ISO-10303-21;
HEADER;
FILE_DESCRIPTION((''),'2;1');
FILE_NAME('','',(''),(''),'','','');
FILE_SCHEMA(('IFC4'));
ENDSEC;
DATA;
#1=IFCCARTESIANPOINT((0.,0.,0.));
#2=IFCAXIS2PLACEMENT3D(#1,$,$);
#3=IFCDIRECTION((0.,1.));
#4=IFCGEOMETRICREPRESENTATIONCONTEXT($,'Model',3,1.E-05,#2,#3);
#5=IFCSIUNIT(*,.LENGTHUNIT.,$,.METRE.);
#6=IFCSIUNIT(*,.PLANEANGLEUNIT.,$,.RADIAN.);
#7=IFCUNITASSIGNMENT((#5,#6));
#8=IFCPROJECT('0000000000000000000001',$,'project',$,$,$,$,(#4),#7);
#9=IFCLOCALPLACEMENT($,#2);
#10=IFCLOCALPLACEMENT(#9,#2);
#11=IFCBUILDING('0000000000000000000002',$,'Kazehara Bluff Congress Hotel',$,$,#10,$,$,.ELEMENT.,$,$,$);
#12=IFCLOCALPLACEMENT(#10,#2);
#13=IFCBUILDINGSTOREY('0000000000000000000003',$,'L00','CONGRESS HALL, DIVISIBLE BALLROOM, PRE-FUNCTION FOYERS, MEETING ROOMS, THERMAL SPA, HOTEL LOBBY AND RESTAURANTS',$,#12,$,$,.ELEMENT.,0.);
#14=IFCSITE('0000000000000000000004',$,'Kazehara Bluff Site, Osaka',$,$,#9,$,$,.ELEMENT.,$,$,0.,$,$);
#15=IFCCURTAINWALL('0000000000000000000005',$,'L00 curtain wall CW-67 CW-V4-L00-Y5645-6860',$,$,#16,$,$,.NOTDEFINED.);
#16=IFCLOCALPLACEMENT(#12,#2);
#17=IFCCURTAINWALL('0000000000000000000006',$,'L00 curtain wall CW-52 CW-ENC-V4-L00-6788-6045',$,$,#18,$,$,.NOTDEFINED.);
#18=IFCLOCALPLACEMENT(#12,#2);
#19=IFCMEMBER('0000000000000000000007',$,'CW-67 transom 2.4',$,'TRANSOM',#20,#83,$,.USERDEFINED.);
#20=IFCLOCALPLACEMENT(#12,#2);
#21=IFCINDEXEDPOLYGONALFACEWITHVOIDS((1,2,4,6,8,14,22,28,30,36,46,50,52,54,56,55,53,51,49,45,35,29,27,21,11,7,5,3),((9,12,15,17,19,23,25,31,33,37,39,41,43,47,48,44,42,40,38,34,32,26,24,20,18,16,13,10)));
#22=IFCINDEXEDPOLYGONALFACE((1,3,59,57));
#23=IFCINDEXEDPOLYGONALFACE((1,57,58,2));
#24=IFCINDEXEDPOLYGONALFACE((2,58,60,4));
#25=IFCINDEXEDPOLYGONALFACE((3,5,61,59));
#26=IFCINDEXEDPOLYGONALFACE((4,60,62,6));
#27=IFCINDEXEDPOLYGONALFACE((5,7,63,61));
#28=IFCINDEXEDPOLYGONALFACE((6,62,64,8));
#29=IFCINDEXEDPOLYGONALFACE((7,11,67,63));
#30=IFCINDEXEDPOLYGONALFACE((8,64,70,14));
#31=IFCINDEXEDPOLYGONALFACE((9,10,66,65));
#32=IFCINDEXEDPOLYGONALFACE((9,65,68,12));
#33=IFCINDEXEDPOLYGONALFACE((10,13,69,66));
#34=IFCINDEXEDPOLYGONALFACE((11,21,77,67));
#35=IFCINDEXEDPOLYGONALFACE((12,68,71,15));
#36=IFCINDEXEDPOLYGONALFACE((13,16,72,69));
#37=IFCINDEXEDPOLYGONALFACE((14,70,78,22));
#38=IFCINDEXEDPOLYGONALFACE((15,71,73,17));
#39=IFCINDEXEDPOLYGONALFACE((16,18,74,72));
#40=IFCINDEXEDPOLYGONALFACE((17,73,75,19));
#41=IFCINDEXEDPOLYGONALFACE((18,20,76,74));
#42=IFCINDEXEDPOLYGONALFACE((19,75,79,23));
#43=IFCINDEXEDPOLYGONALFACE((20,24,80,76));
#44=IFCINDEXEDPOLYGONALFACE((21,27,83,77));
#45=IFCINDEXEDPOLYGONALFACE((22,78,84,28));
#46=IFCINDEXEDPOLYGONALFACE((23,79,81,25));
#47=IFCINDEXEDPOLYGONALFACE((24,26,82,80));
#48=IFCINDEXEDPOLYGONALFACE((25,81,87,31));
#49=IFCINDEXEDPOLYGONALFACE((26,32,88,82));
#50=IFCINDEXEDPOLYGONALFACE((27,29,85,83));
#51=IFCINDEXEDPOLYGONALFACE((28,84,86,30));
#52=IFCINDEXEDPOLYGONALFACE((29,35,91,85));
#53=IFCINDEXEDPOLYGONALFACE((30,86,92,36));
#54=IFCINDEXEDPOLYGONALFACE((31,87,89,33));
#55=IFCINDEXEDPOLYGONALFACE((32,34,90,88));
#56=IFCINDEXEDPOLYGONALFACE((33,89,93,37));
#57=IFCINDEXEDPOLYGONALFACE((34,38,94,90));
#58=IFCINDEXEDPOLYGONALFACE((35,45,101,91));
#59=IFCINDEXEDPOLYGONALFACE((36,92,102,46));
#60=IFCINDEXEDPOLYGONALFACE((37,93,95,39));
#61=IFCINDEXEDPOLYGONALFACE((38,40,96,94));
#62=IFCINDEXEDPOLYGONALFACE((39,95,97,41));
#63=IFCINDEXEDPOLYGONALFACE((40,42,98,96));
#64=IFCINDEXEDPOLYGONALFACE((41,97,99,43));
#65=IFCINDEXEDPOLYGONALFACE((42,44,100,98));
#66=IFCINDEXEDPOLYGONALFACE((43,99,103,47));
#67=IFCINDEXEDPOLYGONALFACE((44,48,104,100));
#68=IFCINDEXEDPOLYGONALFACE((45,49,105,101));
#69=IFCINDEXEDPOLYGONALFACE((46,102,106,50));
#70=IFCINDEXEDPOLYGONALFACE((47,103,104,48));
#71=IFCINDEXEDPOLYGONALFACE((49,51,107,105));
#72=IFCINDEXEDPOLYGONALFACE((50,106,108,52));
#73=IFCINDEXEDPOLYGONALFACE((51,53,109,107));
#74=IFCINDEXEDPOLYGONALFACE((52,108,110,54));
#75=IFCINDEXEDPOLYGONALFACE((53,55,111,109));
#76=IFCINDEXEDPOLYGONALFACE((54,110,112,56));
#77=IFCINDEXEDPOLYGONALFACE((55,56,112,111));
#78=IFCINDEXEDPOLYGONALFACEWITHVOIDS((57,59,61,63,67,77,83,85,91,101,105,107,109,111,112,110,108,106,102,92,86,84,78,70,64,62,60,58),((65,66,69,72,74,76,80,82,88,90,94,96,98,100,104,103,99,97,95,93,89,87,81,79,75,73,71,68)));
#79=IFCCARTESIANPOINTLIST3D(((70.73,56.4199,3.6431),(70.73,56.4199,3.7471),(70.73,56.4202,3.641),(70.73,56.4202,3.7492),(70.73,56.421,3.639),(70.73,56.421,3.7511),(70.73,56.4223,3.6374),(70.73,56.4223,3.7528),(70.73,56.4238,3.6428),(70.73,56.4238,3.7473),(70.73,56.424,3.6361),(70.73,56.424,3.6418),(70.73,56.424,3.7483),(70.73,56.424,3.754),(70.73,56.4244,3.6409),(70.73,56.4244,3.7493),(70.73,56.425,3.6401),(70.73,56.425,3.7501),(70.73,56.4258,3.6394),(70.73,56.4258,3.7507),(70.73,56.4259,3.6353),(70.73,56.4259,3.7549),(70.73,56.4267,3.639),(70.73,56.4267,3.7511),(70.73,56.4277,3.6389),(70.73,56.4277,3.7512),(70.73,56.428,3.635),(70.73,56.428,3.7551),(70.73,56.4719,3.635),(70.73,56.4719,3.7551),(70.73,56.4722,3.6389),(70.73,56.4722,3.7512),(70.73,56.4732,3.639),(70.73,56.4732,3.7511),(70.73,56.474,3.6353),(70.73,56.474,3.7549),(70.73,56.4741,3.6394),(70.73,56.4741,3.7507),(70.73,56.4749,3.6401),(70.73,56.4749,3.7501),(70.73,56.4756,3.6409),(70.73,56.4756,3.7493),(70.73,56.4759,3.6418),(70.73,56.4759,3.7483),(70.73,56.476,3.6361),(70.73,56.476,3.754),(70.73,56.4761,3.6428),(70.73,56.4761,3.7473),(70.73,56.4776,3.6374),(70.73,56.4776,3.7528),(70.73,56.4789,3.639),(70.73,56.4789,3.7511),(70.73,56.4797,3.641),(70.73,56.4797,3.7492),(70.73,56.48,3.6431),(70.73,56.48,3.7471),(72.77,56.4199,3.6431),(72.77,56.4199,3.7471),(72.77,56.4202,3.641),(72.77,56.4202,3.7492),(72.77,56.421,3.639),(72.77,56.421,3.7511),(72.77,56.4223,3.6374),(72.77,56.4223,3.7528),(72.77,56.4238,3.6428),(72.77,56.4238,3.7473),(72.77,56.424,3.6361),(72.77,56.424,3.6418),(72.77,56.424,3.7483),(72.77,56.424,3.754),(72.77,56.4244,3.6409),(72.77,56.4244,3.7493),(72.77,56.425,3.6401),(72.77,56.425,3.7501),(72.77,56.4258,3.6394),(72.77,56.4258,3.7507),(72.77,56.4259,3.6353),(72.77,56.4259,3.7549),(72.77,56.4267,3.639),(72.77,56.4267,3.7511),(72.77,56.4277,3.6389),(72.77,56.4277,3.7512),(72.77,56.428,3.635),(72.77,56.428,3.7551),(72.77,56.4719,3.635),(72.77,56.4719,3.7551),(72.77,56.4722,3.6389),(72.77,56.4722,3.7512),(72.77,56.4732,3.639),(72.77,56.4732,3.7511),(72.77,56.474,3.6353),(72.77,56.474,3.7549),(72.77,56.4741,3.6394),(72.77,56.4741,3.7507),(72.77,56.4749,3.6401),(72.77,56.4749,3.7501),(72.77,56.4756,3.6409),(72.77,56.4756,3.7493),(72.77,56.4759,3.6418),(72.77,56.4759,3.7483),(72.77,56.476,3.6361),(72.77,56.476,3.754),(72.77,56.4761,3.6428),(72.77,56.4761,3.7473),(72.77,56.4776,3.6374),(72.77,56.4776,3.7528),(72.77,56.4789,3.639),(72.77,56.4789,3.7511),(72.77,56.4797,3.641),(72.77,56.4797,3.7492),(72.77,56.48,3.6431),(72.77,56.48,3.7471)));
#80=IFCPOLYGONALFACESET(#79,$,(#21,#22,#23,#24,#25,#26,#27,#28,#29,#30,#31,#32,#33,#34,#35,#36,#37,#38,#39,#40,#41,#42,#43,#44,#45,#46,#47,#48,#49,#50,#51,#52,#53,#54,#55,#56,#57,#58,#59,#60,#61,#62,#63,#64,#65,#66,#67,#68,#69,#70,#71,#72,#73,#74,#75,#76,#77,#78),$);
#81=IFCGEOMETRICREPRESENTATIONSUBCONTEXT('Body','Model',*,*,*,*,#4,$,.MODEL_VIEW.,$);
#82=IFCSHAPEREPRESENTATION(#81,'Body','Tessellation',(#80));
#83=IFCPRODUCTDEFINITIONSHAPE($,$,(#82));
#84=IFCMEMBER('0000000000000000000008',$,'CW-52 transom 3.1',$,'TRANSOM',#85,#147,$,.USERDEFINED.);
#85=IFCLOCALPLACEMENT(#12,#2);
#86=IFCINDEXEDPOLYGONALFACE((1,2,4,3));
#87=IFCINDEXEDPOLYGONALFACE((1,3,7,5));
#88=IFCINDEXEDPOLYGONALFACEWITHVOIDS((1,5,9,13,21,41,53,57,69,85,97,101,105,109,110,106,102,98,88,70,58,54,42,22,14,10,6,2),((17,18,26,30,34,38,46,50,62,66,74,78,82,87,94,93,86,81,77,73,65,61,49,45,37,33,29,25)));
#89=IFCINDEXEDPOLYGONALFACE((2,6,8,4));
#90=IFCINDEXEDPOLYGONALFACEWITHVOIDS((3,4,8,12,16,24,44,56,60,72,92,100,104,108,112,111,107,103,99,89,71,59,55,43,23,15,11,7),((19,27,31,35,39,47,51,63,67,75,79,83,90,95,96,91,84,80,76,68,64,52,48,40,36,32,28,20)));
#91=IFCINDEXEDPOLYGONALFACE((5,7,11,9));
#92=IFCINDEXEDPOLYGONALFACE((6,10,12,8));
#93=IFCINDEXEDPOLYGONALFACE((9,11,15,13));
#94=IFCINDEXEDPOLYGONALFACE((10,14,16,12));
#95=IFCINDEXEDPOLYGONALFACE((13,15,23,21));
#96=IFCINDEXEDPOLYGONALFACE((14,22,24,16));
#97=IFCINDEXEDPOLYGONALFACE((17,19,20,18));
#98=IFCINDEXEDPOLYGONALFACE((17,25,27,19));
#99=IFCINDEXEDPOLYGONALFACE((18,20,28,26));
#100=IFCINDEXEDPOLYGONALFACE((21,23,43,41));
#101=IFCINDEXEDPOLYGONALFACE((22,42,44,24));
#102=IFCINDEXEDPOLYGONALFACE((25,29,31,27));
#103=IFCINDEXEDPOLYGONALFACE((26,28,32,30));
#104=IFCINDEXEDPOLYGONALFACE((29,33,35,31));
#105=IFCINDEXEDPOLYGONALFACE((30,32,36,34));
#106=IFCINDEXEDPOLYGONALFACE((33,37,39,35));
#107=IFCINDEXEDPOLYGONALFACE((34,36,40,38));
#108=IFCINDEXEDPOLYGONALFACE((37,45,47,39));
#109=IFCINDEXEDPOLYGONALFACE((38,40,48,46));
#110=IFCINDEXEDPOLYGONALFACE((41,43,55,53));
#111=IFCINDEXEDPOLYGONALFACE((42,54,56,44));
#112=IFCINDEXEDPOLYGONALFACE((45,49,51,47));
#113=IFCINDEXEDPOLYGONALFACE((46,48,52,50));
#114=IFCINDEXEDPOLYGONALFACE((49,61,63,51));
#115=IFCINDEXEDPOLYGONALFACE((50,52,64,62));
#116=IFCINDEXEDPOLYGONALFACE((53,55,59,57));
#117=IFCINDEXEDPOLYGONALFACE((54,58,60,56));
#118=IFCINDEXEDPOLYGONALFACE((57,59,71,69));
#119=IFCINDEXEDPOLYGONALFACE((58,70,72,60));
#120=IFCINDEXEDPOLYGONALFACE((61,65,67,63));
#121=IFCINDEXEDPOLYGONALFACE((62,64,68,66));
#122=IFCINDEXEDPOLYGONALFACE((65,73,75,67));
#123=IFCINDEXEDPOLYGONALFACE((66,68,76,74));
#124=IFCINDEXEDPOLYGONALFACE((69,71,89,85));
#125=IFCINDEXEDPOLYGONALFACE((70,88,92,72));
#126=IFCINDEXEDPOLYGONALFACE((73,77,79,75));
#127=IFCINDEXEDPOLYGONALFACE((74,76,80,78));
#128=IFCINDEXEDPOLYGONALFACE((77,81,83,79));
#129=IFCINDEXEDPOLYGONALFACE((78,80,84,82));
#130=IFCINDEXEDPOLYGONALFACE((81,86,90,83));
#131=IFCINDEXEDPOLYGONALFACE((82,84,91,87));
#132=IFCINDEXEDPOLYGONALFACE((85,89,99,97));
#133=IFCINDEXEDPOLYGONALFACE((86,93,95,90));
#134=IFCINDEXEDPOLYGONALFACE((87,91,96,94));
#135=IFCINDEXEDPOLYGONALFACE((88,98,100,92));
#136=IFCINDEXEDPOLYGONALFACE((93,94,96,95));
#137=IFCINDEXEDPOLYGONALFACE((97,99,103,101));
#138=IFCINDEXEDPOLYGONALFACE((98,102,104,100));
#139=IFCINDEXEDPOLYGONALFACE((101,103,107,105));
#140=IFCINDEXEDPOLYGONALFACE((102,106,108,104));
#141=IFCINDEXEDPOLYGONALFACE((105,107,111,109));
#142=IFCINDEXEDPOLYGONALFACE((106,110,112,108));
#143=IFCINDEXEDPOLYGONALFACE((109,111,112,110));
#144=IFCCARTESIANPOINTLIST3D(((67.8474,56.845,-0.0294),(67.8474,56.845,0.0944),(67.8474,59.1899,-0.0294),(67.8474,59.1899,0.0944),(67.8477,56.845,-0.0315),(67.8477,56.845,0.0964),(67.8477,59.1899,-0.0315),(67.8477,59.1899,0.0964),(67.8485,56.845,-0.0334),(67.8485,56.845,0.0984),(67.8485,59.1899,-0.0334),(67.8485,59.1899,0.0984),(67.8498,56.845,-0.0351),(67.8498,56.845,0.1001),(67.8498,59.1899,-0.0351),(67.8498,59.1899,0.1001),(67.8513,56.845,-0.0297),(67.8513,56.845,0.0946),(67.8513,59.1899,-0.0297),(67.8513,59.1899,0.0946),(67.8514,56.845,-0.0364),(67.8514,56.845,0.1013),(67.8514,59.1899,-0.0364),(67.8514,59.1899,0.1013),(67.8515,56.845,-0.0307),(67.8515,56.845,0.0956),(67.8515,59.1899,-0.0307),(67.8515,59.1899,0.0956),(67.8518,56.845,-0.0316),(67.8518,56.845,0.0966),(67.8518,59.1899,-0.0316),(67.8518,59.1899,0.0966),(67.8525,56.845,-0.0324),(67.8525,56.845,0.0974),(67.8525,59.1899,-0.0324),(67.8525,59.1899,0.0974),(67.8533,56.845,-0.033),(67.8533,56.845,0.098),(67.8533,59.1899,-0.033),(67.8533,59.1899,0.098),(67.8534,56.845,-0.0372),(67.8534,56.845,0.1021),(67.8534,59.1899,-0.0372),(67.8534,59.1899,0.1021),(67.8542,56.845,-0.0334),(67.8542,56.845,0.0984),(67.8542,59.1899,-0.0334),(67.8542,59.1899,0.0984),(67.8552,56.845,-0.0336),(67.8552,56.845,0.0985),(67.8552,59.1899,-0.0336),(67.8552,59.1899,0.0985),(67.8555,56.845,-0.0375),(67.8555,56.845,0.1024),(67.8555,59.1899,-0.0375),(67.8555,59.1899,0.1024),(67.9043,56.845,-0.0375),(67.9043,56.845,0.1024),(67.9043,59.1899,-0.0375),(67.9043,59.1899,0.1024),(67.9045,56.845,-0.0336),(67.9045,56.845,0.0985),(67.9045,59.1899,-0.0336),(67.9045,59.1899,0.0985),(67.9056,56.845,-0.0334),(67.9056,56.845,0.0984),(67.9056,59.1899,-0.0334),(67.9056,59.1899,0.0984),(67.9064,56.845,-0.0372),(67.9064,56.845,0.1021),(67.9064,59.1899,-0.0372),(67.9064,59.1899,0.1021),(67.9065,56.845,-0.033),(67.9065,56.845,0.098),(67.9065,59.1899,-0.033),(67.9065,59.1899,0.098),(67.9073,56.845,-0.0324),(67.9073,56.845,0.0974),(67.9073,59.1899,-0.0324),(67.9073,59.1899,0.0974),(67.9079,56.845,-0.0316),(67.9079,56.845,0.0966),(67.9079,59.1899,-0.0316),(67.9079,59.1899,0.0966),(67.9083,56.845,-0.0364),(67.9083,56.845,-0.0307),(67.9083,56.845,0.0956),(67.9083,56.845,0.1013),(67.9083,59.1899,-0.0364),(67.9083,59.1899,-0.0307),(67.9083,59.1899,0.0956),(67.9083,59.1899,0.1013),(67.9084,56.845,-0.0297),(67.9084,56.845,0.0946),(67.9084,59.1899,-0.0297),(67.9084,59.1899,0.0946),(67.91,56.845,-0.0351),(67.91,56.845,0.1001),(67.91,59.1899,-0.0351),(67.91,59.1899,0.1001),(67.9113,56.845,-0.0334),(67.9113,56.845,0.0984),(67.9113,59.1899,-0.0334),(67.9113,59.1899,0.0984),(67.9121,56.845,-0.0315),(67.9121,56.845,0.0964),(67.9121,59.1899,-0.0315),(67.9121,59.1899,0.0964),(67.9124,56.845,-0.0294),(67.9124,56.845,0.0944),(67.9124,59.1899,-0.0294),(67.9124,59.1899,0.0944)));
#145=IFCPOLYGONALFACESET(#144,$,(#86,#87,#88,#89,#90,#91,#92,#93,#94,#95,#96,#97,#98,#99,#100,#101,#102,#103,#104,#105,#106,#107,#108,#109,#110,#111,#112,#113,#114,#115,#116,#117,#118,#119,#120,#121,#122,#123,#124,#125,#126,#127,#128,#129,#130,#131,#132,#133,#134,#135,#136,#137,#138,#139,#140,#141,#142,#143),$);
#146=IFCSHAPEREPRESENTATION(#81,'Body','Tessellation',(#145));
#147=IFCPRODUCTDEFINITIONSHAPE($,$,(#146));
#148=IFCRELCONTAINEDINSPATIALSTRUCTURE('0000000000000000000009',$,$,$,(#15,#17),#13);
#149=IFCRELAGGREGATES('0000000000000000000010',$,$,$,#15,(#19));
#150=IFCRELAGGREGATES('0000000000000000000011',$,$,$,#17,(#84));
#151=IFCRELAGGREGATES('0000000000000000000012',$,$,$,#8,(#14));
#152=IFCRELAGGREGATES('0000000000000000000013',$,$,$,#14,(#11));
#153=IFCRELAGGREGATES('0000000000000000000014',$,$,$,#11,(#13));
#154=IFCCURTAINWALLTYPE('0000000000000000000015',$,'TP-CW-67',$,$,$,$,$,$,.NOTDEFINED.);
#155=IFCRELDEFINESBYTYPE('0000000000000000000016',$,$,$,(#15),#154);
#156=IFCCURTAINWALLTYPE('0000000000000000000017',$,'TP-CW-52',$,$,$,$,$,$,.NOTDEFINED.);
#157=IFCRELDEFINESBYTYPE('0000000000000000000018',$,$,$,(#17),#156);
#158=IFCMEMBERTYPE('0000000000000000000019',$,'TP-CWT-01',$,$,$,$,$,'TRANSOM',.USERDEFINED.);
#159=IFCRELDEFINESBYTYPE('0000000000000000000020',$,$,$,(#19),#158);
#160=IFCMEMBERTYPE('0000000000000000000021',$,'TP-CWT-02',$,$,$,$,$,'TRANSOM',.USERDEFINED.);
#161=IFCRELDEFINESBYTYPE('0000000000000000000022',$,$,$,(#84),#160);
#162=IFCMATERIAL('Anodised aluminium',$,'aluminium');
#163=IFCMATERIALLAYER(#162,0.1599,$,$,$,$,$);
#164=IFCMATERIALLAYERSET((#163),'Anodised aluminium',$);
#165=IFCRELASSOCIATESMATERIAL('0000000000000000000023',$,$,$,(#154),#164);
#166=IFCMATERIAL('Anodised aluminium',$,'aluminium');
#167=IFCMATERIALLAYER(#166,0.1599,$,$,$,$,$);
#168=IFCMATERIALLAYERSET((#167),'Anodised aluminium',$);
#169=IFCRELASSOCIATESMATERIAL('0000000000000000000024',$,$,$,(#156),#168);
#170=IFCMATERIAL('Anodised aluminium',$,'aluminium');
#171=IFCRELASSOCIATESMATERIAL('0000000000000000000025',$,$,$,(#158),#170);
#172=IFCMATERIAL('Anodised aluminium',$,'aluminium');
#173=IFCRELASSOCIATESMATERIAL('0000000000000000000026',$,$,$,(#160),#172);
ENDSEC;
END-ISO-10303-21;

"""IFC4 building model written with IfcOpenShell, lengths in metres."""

from ifc_helpers import new_model, si_unit, direction, frame, origin, origin_2d, place, context, subcontext, project, spatial, hollow_rectangle, extrude, material, layer, layer_set, material_profile, profile_set, type_object, element, aggregate, save


model = new_model("IFC4")

# Units and contexts
model_context = context("Model", 3, precision=1e-05, world=origin(), true_north=direction((0.0, 1.0)))
body_context = subcontext(model_context, "Body", "Model", "MODEL_VIEW")
ifc_project = project(units=[si_unit("LENGTHUNIT", "METRE"), si_unit("PLANEANGLEUNIT", "RADIAN")], contexts=[model_context])

# Site, building, storey
site_placement = place(None, origin())
site = spatial("IfcSite", under=ifc_project, at=site_placement, Name="Kazehara Bluff Site, Osaka", CompositionType="ELEMENT", RefElevation=0.0)
building_placement = place(site_placement, origin())
building = spatial("IfcBuilding", under=site, at=building_placement, Name="Kazehara Bluff Congress Hotel", CompositionType="ELEMENT")
storey_placement = place(building_placement, origin())
storey = spatial("IfcBuildingStorey", under=building, at=storey_placement, Name="L00", Description="CONGRESS HALL, DIVISIBLE BALLROOM, PRE-FUNCTION FOYERS, MEETING ROOMS, THERMAL SPA, HOTEL LOBBY AND RESTAURANTS", CompositionType="ELEMENT", Elevation=0.0)

# Curtain walls
ifc_material_1 = material(Name="Anodised aluminium", Category="aluminium")
ifc_layer_1 = layer(ifc_material_1, 0.1599)
ifc_layer_set_1 = layer_set([ifc_layer_1], Name="Anodised aluminium")
curtain_wall_type_1 = type_object("IfcCurtainWallType", Name="TP-CW-67", PredefinedType="NOTDEFINED", material=ifc_layer_set_1)
curtain_wall_1_placement = place(storey_placement, origin())
curtain_wall_1 = element("IfcCurtainWall", 1, at=curtain_wall_1_placement, inside=storey, type_object=curtain_wall_type_1, Name="L00 curtain wall CW-67 CW-V4-L00-Y5645-6860", PredefinedType="NOTDEFINED")
ifc_material_2 = material(Name="Anodised aluminium", Category="aluminium")
ifc_layer_2 = layer(ifc_material_2, 0.1599)
ifc_layer_set_2 = layer_set([ifc_layer_2], Name="Anodised aluminium")
curtain_wall_type_2 = type_object("IfcCurtainWallType", Name="TP-CW-52", PredefinedType="NOTDEFINED", material=ifc_layer_set_2)
curtain_wall_2_placement = place(storey_placement, origin())
curtain_wall_2 = element("IfcCurtainWall", 2, at=curtain_wall_2_placement, inside=storey, type_object=curtain_wall_type_2, Name="L00 curtain wall CW-52 CW-ENC-V4-L00-6788-6045", PredefinedType="NOTDEFINED")

# Members
ifc_material_3 = material(Name="Anodised aluminium", Category="aluminium")
ifc_material_profile_1 = material_profile(ifc_material_3, hollow_rectangle(XDim=0.0601, YDim=0.1201, WallThickness=0.0039, InnerFilletRadius=0.0039, OuterFilletRadius=0.0081, at=origin_2d()))
ifc_profile_set_1 = profile_set([ifc_material_profile_1], Name="Anodised aluminium")
member_type_1 = type_object("IfcMemberType", Name="TP-CWT-01", ElementType="TRANSOM", PredefinedType="USERDEFINED", material=ifc_profile_set_1)
member_1_placement = place(storey_placement, frame((70.73, 56.45, 3.6951), z_axis=(1.0, 0.0, 0.0), x_axis=(0.0, 1.0, 0.0)))
member_1 = element("IfcMember", 3, at=member_1_placement, type_object=member_type_1, Name="CW-67 transom 2.4", ObjectType="TRANSOM", PredefinedType="USERDEFINED", context=body_context, shape_type="SweptSolid", body=[
    extrude(hollow_rectangle(XDim=0.0601, YDim=0.1201, WallThickness=0.0039, InnerFilletRadius=0.0039, OuterFilletRadius=0.0081, at=origin_2d()), origin(), (0.0, 0.0, 1.0), 2.04),
])
ifc_material_4 = material(Name="Anodised aluminium", Category="aluminium")
ifc_material_profile_2 = material_profile(ifc_material_4, hollow_rectangle(XDim=0.0649, YDim=0.1399, WallThickness=0.0039, InnerFilletRadius=0.0039, OuterFilletRadius=0.0081, at=origin_2d()))
ifc_profile_set_2 = profile_set([ifc_material_profile_2], Name="Anodised aluminium")
member_type_2 = type_object("IfcMemberType", Name="TP-CWT-02", ElementType="TRANSOM", PredefinedType="USERDEFINED", material=ifc_profile_set_2)
member_2_placement = place(storey_placement, frame((67.8799, 59.1899, 0.0325), z_axis=(0.0, -1.0, 0.0), x_axis=(1.0, 0.0, 0.0)))
member_2 = element("IfcMember", 4, at=member_2_placement, type_object=member_type_2, Name="CW-52 transom 3.1", ObjectType="TRANSOM", PredefinedType="USERDEFINED", context=body_context, shape_type="SweptSolid", body=[
    extrude(hollow_rectangle(XDim=0.0649, YDim=0.1399, WallThickness=0.0039, InnerFilletRadius=0.0039, OuterFilletRadius=0.0081, at=origin_2d()), origin(), (0.0, 0.0, 1.0), 2.345),
])

aggregate(curtain_wall_1, [member_1])
aggregate(curtain_wall_2, [member_2])

save(model, "model.ifc")
